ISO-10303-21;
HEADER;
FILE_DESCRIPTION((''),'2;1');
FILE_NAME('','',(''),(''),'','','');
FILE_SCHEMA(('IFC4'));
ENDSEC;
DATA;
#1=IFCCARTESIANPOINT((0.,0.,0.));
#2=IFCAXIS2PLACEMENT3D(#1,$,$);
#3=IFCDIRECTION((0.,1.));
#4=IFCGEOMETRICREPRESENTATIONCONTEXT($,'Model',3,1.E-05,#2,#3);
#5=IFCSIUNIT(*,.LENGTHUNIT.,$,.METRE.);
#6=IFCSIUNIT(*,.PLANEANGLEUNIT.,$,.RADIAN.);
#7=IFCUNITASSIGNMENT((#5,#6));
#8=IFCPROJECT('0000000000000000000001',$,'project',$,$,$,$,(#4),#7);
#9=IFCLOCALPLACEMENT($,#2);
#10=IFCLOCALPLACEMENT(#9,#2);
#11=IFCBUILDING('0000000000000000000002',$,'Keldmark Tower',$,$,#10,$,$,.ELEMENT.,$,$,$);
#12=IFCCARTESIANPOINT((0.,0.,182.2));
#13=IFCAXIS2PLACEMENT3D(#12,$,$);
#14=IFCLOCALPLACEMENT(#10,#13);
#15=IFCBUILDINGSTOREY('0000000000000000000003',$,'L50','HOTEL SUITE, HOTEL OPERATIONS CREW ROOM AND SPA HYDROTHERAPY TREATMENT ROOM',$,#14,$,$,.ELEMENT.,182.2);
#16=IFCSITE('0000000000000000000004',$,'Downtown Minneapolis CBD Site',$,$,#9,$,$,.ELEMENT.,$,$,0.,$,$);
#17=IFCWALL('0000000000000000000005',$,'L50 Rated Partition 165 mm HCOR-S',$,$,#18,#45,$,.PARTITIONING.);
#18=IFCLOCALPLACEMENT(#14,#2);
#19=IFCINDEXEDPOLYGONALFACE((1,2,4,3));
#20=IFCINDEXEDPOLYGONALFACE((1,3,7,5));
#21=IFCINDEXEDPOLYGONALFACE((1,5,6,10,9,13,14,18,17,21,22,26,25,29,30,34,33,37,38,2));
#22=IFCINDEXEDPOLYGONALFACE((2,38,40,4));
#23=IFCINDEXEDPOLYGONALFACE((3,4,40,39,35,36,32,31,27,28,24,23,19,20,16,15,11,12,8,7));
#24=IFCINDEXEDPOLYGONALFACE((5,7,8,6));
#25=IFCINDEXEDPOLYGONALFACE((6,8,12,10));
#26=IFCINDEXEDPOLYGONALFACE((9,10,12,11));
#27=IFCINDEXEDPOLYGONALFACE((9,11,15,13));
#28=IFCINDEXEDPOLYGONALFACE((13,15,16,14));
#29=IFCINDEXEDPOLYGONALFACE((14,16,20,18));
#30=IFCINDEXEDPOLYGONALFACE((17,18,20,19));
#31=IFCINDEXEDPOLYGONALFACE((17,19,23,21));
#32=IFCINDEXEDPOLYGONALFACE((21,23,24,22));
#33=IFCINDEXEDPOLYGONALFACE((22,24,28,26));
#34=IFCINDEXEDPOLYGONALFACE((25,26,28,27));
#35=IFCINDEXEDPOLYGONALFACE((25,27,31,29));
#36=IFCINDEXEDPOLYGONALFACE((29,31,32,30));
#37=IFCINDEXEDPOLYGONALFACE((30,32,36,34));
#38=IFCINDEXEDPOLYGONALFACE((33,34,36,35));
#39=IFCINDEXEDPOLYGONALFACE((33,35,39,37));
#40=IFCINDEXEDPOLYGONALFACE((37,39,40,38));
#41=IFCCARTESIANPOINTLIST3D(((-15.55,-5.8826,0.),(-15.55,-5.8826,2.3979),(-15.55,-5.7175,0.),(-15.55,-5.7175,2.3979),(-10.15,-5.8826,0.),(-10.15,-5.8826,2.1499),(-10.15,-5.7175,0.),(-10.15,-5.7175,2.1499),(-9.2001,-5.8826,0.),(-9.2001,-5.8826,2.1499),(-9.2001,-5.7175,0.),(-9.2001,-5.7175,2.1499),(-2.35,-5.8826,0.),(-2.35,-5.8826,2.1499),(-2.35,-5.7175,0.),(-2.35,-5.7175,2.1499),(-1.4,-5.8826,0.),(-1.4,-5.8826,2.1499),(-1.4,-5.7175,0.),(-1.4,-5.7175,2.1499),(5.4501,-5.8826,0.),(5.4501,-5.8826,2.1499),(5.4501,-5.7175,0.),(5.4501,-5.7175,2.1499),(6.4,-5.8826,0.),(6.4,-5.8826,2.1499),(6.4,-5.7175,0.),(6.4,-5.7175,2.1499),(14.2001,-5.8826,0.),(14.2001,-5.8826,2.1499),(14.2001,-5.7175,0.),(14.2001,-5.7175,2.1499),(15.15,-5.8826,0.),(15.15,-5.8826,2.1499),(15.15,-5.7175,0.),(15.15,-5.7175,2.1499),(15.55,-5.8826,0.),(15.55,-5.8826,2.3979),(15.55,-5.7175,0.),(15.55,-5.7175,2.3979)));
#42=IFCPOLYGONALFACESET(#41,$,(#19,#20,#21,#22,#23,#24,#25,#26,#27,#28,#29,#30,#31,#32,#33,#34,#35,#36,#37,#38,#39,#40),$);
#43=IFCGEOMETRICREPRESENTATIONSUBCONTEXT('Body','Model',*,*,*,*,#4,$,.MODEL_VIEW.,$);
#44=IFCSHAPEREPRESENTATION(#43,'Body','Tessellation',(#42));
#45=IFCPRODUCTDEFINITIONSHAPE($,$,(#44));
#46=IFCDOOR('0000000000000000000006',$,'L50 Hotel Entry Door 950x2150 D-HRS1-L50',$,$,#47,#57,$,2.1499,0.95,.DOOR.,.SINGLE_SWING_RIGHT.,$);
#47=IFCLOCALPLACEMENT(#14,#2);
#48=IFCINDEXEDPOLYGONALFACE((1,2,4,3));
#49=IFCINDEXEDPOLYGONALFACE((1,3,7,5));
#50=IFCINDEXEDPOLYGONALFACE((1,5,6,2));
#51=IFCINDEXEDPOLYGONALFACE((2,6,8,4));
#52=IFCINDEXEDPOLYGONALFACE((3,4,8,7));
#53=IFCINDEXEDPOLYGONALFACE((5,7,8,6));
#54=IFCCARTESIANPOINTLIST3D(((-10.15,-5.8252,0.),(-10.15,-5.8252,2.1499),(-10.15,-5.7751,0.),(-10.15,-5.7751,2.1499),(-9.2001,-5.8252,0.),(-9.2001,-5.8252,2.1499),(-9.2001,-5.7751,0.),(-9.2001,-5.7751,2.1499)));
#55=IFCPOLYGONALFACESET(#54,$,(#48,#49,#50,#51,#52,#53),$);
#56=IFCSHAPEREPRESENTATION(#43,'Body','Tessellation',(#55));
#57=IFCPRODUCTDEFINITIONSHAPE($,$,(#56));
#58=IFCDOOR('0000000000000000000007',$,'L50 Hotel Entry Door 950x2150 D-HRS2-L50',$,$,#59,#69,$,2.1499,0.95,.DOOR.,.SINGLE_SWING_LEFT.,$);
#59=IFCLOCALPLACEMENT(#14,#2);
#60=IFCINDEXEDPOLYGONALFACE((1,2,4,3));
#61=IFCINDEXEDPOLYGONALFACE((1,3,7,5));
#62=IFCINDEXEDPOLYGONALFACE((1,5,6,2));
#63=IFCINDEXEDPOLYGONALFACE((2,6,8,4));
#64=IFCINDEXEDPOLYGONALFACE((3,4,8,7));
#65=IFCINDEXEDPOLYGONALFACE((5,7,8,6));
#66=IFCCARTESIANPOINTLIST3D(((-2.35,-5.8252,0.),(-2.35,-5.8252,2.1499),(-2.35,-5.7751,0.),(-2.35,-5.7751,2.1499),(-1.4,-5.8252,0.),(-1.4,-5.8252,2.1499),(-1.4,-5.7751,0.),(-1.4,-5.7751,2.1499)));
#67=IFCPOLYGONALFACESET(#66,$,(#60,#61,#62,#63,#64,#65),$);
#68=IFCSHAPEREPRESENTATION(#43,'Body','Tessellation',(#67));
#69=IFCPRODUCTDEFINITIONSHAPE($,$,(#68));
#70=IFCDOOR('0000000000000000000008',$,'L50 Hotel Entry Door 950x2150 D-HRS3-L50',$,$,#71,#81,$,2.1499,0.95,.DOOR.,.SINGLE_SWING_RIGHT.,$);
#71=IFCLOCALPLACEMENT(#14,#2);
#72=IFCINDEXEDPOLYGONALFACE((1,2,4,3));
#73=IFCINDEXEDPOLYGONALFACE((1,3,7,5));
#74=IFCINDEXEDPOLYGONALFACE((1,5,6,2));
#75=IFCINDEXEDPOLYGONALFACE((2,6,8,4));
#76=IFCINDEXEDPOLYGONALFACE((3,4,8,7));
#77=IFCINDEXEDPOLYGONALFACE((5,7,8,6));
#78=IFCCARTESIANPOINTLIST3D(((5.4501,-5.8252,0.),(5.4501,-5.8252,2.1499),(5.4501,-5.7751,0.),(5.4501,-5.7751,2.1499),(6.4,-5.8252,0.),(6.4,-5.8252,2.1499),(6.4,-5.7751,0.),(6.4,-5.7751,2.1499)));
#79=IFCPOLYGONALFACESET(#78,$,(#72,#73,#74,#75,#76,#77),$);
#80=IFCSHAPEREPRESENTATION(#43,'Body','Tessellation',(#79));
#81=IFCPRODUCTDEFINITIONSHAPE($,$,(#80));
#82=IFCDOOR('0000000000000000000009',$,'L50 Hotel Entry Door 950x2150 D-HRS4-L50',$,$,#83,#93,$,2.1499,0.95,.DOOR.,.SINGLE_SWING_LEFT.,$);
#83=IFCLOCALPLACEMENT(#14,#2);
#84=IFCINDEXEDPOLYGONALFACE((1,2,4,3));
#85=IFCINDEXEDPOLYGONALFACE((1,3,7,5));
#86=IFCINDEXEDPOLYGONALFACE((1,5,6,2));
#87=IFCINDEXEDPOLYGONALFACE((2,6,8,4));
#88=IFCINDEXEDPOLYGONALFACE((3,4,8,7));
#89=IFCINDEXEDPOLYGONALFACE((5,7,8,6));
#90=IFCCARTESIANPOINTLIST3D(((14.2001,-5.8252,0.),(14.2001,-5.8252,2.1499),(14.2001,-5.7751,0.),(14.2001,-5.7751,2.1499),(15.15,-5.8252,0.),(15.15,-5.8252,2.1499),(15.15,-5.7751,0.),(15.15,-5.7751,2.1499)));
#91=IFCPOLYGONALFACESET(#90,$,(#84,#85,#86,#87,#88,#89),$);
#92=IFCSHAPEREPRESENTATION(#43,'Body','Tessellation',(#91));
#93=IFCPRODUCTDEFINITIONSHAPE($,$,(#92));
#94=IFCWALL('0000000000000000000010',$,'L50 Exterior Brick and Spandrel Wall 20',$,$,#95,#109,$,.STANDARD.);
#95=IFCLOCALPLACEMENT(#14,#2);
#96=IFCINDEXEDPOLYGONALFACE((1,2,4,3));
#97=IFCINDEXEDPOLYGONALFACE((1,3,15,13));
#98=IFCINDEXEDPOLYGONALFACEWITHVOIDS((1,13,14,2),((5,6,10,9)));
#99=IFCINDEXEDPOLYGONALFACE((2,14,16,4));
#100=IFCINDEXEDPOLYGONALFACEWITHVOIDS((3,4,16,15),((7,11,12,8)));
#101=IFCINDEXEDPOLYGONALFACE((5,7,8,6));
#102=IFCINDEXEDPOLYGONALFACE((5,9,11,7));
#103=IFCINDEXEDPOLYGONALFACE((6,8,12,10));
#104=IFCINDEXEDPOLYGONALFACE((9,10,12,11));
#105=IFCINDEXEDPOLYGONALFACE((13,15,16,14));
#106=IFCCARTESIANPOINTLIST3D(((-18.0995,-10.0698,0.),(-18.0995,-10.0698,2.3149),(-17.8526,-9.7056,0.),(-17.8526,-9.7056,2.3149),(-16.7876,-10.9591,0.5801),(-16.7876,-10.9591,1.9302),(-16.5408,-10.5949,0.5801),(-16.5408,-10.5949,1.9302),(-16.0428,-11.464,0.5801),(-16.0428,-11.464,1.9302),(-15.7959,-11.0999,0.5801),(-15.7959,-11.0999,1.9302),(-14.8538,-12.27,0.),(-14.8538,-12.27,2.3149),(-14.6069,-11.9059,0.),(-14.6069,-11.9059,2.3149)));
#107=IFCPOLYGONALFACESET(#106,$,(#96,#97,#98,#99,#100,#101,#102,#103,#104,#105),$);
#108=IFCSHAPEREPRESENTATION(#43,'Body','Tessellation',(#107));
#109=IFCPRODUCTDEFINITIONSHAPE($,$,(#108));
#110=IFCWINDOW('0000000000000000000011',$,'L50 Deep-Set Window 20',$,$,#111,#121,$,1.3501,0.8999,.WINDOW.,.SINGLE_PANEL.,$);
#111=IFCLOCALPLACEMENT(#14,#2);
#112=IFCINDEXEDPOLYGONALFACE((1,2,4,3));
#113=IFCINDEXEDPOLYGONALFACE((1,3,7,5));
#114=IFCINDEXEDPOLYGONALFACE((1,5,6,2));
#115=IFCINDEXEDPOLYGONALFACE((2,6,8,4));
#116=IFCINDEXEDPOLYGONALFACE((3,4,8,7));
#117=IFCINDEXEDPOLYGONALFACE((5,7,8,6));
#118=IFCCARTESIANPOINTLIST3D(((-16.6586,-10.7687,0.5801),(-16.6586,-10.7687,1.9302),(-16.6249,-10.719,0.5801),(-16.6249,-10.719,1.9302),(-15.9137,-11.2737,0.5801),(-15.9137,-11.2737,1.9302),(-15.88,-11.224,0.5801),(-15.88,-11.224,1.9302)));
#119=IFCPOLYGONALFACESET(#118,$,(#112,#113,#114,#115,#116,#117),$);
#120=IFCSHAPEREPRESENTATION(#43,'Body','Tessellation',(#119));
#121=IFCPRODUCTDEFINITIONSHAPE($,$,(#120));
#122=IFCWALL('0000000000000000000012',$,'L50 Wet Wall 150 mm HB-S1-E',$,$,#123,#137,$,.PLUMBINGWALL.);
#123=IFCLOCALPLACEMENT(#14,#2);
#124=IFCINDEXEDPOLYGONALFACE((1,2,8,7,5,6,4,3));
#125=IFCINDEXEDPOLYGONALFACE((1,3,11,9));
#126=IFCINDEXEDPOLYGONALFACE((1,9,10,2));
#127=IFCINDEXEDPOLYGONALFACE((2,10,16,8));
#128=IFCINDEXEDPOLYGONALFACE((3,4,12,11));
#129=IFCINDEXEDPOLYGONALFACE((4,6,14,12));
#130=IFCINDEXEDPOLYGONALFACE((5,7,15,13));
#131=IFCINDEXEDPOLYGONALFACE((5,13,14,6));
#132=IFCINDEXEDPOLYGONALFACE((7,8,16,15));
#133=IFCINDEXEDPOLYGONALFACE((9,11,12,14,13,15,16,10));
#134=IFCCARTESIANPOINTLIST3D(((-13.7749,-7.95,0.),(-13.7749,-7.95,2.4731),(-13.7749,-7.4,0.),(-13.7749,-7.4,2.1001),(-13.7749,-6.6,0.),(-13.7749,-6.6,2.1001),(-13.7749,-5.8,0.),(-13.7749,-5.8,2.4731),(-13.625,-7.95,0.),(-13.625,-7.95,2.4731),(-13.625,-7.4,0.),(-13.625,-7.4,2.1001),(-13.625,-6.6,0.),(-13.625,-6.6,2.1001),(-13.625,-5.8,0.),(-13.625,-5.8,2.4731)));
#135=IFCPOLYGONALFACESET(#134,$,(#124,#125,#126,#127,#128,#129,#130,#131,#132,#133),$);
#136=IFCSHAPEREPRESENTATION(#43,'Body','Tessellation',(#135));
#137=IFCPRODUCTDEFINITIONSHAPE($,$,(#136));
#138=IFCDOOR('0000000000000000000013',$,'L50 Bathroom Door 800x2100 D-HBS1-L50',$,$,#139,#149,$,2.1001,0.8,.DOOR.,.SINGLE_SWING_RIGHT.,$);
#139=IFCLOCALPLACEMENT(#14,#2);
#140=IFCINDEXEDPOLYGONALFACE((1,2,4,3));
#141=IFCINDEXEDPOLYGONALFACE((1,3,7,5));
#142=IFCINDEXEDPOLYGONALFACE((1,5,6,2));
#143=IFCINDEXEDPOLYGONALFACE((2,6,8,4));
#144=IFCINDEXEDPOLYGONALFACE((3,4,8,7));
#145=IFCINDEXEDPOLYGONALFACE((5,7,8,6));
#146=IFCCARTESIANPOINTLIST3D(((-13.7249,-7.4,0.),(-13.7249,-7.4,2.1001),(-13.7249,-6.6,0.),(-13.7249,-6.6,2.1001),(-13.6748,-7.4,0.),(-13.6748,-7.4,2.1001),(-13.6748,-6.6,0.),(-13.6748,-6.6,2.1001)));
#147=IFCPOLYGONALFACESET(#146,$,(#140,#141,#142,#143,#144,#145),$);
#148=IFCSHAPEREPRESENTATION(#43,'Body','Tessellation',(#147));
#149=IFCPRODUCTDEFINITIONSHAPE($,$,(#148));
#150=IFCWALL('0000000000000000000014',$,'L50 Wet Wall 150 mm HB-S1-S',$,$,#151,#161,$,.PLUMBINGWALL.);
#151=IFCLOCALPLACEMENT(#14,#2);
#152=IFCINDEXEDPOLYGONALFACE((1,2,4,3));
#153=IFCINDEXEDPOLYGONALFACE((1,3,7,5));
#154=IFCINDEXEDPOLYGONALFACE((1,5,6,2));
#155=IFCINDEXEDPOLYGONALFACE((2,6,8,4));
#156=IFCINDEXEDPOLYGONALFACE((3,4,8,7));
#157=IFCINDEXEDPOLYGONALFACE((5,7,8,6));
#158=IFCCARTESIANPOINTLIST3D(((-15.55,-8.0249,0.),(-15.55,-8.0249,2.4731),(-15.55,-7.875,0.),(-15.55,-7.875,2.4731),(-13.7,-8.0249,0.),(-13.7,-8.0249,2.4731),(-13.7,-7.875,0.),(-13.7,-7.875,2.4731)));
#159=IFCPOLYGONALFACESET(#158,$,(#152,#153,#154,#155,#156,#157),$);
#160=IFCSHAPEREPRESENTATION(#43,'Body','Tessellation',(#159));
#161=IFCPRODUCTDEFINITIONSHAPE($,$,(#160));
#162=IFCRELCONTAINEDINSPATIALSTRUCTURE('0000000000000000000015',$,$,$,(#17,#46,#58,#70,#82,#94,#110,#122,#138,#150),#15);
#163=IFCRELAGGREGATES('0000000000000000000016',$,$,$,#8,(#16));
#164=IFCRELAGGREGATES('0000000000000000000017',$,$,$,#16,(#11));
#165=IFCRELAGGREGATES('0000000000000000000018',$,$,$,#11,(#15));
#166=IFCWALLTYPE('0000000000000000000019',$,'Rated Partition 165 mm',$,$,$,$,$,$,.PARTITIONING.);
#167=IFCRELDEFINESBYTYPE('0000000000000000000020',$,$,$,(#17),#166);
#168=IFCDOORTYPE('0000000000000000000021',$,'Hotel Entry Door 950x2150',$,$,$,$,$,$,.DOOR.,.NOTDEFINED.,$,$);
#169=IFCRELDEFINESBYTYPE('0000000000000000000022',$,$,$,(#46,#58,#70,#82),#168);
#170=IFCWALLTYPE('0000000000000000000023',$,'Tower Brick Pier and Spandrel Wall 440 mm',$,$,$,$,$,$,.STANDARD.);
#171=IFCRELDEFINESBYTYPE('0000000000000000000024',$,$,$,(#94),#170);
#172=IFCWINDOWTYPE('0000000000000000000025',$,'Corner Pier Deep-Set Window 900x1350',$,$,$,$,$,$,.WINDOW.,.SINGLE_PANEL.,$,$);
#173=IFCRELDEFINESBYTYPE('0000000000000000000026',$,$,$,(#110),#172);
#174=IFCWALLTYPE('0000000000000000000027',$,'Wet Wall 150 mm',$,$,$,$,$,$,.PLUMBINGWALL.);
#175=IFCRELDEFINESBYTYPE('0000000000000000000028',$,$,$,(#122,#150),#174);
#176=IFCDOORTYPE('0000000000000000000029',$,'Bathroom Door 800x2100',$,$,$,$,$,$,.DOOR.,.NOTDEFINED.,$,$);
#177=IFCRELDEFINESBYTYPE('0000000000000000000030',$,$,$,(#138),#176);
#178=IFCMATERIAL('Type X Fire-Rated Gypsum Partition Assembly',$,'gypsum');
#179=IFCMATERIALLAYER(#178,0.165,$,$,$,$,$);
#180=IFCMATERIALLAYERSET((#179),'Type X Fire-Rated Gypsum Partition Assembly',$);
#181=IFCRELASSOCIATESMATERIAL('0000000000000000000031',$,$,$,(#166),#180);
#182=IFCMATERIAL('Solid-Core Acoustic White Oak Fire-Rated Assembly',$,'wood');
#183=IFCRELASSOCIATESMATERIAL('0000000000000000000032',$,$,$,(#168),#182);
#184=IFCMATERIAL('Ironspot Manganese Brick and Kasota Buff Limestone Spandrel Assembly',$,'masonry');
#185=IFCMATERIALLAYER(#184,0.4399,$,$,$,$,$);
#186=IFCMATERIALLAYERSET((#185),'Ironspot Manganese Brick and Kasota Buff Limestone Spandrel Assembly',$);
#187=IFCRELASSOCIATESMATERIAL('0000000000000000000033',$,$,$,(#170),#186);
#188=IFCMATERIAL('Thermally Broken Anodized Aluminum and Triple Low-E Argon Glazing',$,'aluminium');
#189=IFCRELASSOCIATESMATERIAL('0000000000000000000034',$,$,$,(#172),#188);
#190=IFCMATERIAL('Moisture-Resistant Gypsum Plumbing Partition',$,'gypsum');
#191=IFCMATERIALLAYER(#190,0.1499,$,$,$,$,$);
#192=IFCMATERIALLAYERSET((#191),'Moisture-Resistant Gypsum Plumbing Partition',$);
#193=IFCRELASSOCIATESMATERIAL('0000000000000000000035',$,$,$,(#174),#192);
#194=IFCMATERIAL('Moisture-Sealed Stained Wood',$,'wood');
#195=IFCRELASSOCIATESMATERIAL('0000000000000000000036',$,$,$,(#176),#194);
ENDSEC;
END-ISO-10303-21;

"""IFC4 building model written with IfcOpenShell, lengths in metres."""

from ifc_helpers import new_model, si_unit, direction, frame, frame_2d, origin, place, context, subcontext, project, spatial, rectangle, extrude, material, layer, layer_set, type_object, element, fill, save


model = new_model("IFC4")

# Units and contexts
model_context = context("Model", 3, precision=1e-05, world=origin(), true_north=direction((0.0, 1.0)))
body_context = subcontext(model_context, "Body", "Model", "MODEL_VIEW")
ifc_project = project(units=[si_unit("LENGTHUNIT", "METRE"), si_unit("PLANEANGLEUNIT", "RADIAN")], contexts=[model_context])

# Site, building, storey
site_placement = place(None, origin())
site = spatial("IfcSite", under=ifc_project, at=site_placement, Name="Downtown Minneapolis CBD Site", CompositionType="ELEMENT", RefElevation=0.0)
building_placement = place(site_placement, origin())
building = spatial("IfcBuilding", under=site, at=building_placement, Name="Keldmark Tower", CompositionType="ELEMENT")
storey_placement = place(building_placement, frame((0.0, 0.0, 182.2)))
storey = spatial("IfcBuildingStorey", under=building, at=storey_placement, Name="L50", Description="HOTEL SUITE, HOTEL OPERATIONS CREW ROOM AND SPA HYDROTHERAPY TREATMENT ROOM", CompositionType="ELEMENT", Elevation=182.2)

# Wall, openings, doors
ifc_material_1 = material(Name="Type X Fire-Rated Gypsum Partition Assembly", Category="gypsum")
ifc_layer_1 = layer(ifc_material_1, 0.165)
ifc_layer_set_1 = layer_set([ifc_layer_1], Name="Type X Fire-Rated Gypsum Partition Assembly")
wall_type_1 = type_object("IfcWallType", Name="Rated Partition 165 mm", PredefinedType="PARTITIONING", material=ifc_layer_set_1)
wall_1_placement = place(storey_placement, frame((-15.55, -5.8, 0.0), z_axis=(0.0, 0.0, 1.0), x_axis=(1.0, 0.0, 0.0)))
wall_1 = element("IfcWall", 1, at=wall_1_placement, inside=storey, type_object=wall_type_1, Name="L50 Rated Partition 165 mm HCOR-S", PredefinedType="PARTITIONING", context=body_context, shape_type="SweptSolid", body=[
    extrude(rectangle(XDim=31.1001, YDim=0.165, at=frame_2d((15.55, 0.0))), origin(), (0.0, 0.0, 1.0), 2.3979),
])
opening_1_placement = place(wall_1_placement, frame((5.3999, 0.0, 0.0)))
opening_1 = element("IfcOpeningElement", 2, at=opening_1_placement, cuts=wall_1, PredefinedType="OPENING", context=body_context, shape_type="SweptSolid", body=[
    extrude(rectangle(XDim=0.95, YDim=2.1499, at=frame_2d((0.4751, 1.075))), frame((0.0, 0.0925, 0.0), z_axis=(0.0, -1.0, 0.0), x_axis=(1.0, 0.0, 0.0)), (0.0, 0.0, 1.0), 0.1851),
])
opening_2_placement = place(wall_1_placement, frame((13.2, 0.0, 0.0)))
opening_2 = element("IfcOpeningElement", 3, at=opening_2_placement, cuts=wall_1, PredefinedType="OPENING", context=body_context, shape_type="SweptSolid", body=[
    extrude(rectangle(XDim=0.95, YDim=2.1499, at=frame_2d((0.4751, 1.075))), frame((0.0, 0.0925, 0.0), z_axis=(0.0, -1.0, 0.0), x_axis=(1.0, 0.0, 0.0)), (0.0, 0.0, 1.0), 0.1851),
])
opening_3_placement = place(wall_1_placement, frame((21.0, 0.0, 0.0)))
opening_3 = element("IfcOpeningElement", 4, at=opening_3_placement, cuts=wall_1, PredefinedType="OPENING", context=body_context, shape_type="SweptSolid", body=[
    extrude(rectangle(XDim=0.95, YDim=2.1499, at=frame_2d((0.4751, 1.075))), frame((0.0, 0.0925, 0.0), z_axis=(0.0, -1.0, 0.0), x_axis=(1.0, 0.0, 0.0)), (0.0, 0.0, 1.0), 0.1851),
])
opening_4_placement = place(wall_1_placement, frame((29.75, 0.0, 0.0)))
opening_4 = element("IfcOpeningElement", 5, at=opening_4_placement, cuts=wall_1, PredefinedType="OPENING", context=body_context, shape_type="SweptSolid", body=[
    extrude(rectangle(XDim=0.95, YDim=2.1499, at=frame_2d((0.4751, 1.075))), frame((0.0, 0.0925, 0.0), z_axis=(0.0, -1.0, 0.0), x_axis=(1.0, 0.0, 0.0)), (0.0, 0.0, 1.0), 0.1851),
])
ifc_material_2 = material(Name="Solid-Core Acoustic White Oak Fire-Rated Assembly", Category="wood")
door_type_1 = type_object("IfcDoorType", Name="Hotel Entry Door 950x2150", OperationType="NOTDEFINED", PredefinedType="DOOR", material=ifc_material_2)
door_1_placement = place(opening_1_placement, origin())
door_1 = element("IfcDoor", 6, at=door_1_placement, inside=storey, type_object=door_type_1, Name="L50 Hotel Entry Door 950x2150 D-HRS1-L50", OperationType="SINGLE_SWING_RIGHT", OverallHeight=2.1499, OverallWidth=0.95, PredefinedType="DOOR", context=body_context, shape_type="SweptSolid", body=[
    extrude(rectangle(XDim=0.95, YDim=2.1499, at=frame_2d((0.4751, 1.075))), frame((0.0, 0.0249, 0.0), z_axis=(0.0, -1.0, 0.0), x_axis=(1.0, 0.0, 0.0)), (0.0, 0.0, 1.0), 0.05),
])
fill(opening_1, door_1)
door_2_placement = place(opening_2_placement, origin())
door_2 = element("IfcDoor", 7, at=door_2_placement, inside=storey, type_object=door_type_1, Name="L50 Hotel Entry Door 950x2150 D-HRS2-L50", OperationType="SINGLE_SWING_LEFT", OverallHeight=2.1499, OverallWidth=0.95, PredefinedType="DOOR", context=body_context, shape_type="SweptSolid", body=[
    extrude(rectangle(XDim=0.95, YDim=2.1499, at=frame_2d((0.4751, 1.075))), frame((0.0, 0.0249, 0.0), z_axis=(0.0, -1.0, 0.0), x_axis=(1.0, 0.0, 0.0)), (0.0, 0.0, 1.0), 0.05),
])
fill(opening_2, door_2)
door_3_placement = place(opening_3_placement, origin())
door_3 = element("IfcDoor", 8, at=door_3_placement, inside=storey, type_object=door_type_1, Name="L50 Hotel Entry Door 950x2150 D-HRS3-L50", OperationType="SINGLE_SWING_RIGHT", OverallHeight=2.1499, OverallWidth=0.95, PredefinedType="DOOR", context=body_context, shape_type="SweptSolid", body=[
    extrude(rectangle(XDim=0.95, YDim=2.1499, at=frame_2d((0.4751, 1.075))), frame((0.0, 0.0249, 0.0), z_axis=(0.0, -1.0, 0.0), x_axis=(1.0, 0.0, 0.0)), (0.0, 0.0, 1.0), 0.05),
])
fill(opening_3, door_3)
door_4_placement = place(opening_4_placement, origin())
door_4 = element("IfcDoor", 9, at=door_4_placement, inside=storey, type_object=door_type_1, Name="L50 Hotel Entry Door 950x2150 D-HRS4-L50", OperationType="SINGLE_SWING_LEFT", OverallHeight=2.1499, OverallWidth=0.95, PredefinedType="DOOR", context=body_context, shape_type="SweptSolid", body=[
    extrude(rectangle(XDim=0.95, YDim=2.1499, at=frame_2d((0.4751, 1.075))), frame((0.0, 0.0249, 0.0), z_axis=(0.0, -1.0, 0.0), x_axis=(1.0, 0.0, 0.0)), (0.0, 0.0, 1.0), 0.05),
])
fill(opening_4, door_4)

# Wall, opening, window
ifc_material_3 = material(Name="Ironspot Manganese Brick and Kasota Buff Limestone Spandrel Assembly", Category="masonry")
ifc_layer_2 = layer(ifc_material_3, 0.4399)
ifc_layer_set_2 = layer_set([ifc_layer_2], Name="Ironspot Manganese Brick and Kasota Buff Limestone Spandrel Assembly")
wall_type_2 = type_object("IfcWallType", Name="Tower Brick Pier and Spandrel Wall 440 mm", PredefinedType="STANDARD", material=ifc_layer_set_2)
wall_2_placement = place(storey_placement, frame((-14.7305, -12.0879, 0.0), z_axis=(0.0, 0.0, 1.0), x_axis=(-0.827734, 0.561121, 0.0)))
wall_2 = element("IfcWall", 10, at=wall_2_placement, inside=storey, type_object=wall_type_2, Name="L50 Exterior Brick and Spandrel Wall 20", PredefinedType="STANDARD", context=body_context, shape_type="SweptSolid", body=[
    extrude(rectangle(XDim=3.9211, YDim=0.4399, at=frame_2d((1.9604, 0.0))), origin(), (0.0, 0.0, 1.0), 2.3149),
])
opening_5_placement = place(wall_2_placement, frame((1.4363, 0.0, 0.5801)))
opening_5 = element("IfcOpeningElement", 11, at=opening_5_placement, cuts=wall_2, PredefinedType="OPENING", context=body_context, shape_type="SweptSolid", body=[
    extrude(rectangle(XDim=0.8999, YDim=1.3501, at=frame_2d((0.45, 0.675))), frame((0.0, 0.23, 0.0), z_axis=(0.0, -1.0, 0.0), x_axis=(1.0, 0.0, 0.0)), (0.0, 0.0, 1.0), 0.46),
])
ifc_material_4 = material(Name="Thermally Broken Anodized Aluminum and Triple Low-E Argon Glazing", Category="aluminium")
window_type = type_object("IfcWindowType", Name="Corner Pier Deep-Set Window 900x1350", PartitioningType="SINGLE_PANEL", PredefinedType="WINDOW", material=ifc_material_4)
window_placement = place(opening_5_placement, origin())
window = element("IfcWindow", 12, at=window_placement, inside=storey, type_object=window_type, Name="L50 Deep-Set Window 20", OverallHeight=1.3501, OverallWidth=0.8999, PartitioningType="SINGLE_PANEL", PredefinedType="WINDOW", context=body_context, shape_type="SweptSolid", body=[
    extrude(rectangle(XDim=0.8999, YDim=1.3501, at=frame_2d((0.45, 0.675))), frame((0.0, -0.01, 0.0), z_axis=(0.0, -1.0, 0.0), x_axis=(1.0, 0.0, 0.0)), (0.0, 0.0, 1.0), 0.0601),
])
fill(opening_5, window)

# Wall, opening, door
ifc_material_5 = material(Name="Moisture-Resistant Gypsum Plumbing Partition", Category="gypsum")
ifc_layer_3 = layer(ifc_material_5, 0.1499)
ifc_layer_set_3 = layer_set([ifc_layer_3], Name="Moisture-Resistant Gypsum Plumbing Partition")
wall_type_3 = type_object("IfcWallType", Name="Wet Wall 150 mm", PredefinedType="PLUMBINGWALL", material=ifc_layer_set_3)
wall_3_placement = place(storey_placement, frame((-13.7, -7.95, 0.0), z_axis=(0.0, 0.0, 1.0), x_axis=(0.0, 1.0, 0.0)))
wall_3 = element("IfcWall", 13, at=wall_3_placement, inside=storey, type_object=wall_type_3, Name="L50 Wet Wall 150 mm HB-S1-E", PredefinedType="PLUMBINGWALL", context=body_context, shape_type="SweptSolid", body=[
    extrude(rectangle(XDim=2.1499, YDim=0.1499, at=frame_2d((1.075, 0.0))), origin(), (0.0, 0.0, 1.0), 2.4731),
])
opening_6_placement = place(wall_3_placement, frame((0.55, 0.0, 0.0)))
opening_6 = element("IfcOpeningElement", 14, at=opening_6_placement, cuts=wall_3, PredefinedType="OPENING", context=body_context, shape_type="SweptSolid", body=[
    extrude(rectangle(XDim=0.8, YDim=2.1001, at=frame_2d((0.3999, 1.05))), frame((0.0, 0.085, 0.0), z_axis=(0.0, -1.0, 0.0), x_axis=(1.0, 0.0, 0.0)), (0.0, 0.0, 1.0), 0.1699),
])
ifc_material_6 = material(Name="Moisture-Sealed Stained Wood", Category="wood")
door_type_2 = type_object("IfcDoorType", Name="Bathroom Door 800x2100", OperationType="NOTDEFINED", PredefinedType="DOOR", material=ifc_material_6)
door_5_placement = place(opening_6_placement, origin())
door_5 = element("IfcDoor", 15, at=door_5_placement, inside=storey, type_object=door_type_2, Name="L50 Bathroom Door 800x2100 D-HBS1-L50", OperationType="SINGLE_SWING_RIGHT", OverallHeight=2.1001, OverallWidth=0.8, PredefinedType="DOOR", context=body_context, shape_type="SweptSolid", body=[
    extrude(rectangle(XDim=0.8, YDim=2.1001, at=frame_2d((0.3999, 1.05))), frame((0.0, 0.0249, 0.0), z_axis=(0.0, -1.0, 0.0), x_axis=(1.0, 0.0, 0.0)), (0.0, 0.0, 1.0), 0.05),
])
fill(opening_6, door_5)

# Wall
wall_4_placement = place(storey_placement, frame((-15.55, -7.95, 0.0), z_axis=(0.0, 0.0, 1.0), x_axis=(1.0, 0.0, 0.0)))
element("IfcWall", 16, at=wall_4_placement, inside=storey, type_object=wall_type_3, Name="L50 Wet Wall 150 mm HB-S1-S", PredefinedType="PLUMBINGWALL", context=body_context, shape_type="SweptSolid", body=[
    extrude(rectangle(XDim=1.8501, YDim=0.1499, at=frame_2d((0.925, 0.0))), origin(), (0.0, 0.0, 1.0), 2.4731),
])

save(model, "model.ifc")
